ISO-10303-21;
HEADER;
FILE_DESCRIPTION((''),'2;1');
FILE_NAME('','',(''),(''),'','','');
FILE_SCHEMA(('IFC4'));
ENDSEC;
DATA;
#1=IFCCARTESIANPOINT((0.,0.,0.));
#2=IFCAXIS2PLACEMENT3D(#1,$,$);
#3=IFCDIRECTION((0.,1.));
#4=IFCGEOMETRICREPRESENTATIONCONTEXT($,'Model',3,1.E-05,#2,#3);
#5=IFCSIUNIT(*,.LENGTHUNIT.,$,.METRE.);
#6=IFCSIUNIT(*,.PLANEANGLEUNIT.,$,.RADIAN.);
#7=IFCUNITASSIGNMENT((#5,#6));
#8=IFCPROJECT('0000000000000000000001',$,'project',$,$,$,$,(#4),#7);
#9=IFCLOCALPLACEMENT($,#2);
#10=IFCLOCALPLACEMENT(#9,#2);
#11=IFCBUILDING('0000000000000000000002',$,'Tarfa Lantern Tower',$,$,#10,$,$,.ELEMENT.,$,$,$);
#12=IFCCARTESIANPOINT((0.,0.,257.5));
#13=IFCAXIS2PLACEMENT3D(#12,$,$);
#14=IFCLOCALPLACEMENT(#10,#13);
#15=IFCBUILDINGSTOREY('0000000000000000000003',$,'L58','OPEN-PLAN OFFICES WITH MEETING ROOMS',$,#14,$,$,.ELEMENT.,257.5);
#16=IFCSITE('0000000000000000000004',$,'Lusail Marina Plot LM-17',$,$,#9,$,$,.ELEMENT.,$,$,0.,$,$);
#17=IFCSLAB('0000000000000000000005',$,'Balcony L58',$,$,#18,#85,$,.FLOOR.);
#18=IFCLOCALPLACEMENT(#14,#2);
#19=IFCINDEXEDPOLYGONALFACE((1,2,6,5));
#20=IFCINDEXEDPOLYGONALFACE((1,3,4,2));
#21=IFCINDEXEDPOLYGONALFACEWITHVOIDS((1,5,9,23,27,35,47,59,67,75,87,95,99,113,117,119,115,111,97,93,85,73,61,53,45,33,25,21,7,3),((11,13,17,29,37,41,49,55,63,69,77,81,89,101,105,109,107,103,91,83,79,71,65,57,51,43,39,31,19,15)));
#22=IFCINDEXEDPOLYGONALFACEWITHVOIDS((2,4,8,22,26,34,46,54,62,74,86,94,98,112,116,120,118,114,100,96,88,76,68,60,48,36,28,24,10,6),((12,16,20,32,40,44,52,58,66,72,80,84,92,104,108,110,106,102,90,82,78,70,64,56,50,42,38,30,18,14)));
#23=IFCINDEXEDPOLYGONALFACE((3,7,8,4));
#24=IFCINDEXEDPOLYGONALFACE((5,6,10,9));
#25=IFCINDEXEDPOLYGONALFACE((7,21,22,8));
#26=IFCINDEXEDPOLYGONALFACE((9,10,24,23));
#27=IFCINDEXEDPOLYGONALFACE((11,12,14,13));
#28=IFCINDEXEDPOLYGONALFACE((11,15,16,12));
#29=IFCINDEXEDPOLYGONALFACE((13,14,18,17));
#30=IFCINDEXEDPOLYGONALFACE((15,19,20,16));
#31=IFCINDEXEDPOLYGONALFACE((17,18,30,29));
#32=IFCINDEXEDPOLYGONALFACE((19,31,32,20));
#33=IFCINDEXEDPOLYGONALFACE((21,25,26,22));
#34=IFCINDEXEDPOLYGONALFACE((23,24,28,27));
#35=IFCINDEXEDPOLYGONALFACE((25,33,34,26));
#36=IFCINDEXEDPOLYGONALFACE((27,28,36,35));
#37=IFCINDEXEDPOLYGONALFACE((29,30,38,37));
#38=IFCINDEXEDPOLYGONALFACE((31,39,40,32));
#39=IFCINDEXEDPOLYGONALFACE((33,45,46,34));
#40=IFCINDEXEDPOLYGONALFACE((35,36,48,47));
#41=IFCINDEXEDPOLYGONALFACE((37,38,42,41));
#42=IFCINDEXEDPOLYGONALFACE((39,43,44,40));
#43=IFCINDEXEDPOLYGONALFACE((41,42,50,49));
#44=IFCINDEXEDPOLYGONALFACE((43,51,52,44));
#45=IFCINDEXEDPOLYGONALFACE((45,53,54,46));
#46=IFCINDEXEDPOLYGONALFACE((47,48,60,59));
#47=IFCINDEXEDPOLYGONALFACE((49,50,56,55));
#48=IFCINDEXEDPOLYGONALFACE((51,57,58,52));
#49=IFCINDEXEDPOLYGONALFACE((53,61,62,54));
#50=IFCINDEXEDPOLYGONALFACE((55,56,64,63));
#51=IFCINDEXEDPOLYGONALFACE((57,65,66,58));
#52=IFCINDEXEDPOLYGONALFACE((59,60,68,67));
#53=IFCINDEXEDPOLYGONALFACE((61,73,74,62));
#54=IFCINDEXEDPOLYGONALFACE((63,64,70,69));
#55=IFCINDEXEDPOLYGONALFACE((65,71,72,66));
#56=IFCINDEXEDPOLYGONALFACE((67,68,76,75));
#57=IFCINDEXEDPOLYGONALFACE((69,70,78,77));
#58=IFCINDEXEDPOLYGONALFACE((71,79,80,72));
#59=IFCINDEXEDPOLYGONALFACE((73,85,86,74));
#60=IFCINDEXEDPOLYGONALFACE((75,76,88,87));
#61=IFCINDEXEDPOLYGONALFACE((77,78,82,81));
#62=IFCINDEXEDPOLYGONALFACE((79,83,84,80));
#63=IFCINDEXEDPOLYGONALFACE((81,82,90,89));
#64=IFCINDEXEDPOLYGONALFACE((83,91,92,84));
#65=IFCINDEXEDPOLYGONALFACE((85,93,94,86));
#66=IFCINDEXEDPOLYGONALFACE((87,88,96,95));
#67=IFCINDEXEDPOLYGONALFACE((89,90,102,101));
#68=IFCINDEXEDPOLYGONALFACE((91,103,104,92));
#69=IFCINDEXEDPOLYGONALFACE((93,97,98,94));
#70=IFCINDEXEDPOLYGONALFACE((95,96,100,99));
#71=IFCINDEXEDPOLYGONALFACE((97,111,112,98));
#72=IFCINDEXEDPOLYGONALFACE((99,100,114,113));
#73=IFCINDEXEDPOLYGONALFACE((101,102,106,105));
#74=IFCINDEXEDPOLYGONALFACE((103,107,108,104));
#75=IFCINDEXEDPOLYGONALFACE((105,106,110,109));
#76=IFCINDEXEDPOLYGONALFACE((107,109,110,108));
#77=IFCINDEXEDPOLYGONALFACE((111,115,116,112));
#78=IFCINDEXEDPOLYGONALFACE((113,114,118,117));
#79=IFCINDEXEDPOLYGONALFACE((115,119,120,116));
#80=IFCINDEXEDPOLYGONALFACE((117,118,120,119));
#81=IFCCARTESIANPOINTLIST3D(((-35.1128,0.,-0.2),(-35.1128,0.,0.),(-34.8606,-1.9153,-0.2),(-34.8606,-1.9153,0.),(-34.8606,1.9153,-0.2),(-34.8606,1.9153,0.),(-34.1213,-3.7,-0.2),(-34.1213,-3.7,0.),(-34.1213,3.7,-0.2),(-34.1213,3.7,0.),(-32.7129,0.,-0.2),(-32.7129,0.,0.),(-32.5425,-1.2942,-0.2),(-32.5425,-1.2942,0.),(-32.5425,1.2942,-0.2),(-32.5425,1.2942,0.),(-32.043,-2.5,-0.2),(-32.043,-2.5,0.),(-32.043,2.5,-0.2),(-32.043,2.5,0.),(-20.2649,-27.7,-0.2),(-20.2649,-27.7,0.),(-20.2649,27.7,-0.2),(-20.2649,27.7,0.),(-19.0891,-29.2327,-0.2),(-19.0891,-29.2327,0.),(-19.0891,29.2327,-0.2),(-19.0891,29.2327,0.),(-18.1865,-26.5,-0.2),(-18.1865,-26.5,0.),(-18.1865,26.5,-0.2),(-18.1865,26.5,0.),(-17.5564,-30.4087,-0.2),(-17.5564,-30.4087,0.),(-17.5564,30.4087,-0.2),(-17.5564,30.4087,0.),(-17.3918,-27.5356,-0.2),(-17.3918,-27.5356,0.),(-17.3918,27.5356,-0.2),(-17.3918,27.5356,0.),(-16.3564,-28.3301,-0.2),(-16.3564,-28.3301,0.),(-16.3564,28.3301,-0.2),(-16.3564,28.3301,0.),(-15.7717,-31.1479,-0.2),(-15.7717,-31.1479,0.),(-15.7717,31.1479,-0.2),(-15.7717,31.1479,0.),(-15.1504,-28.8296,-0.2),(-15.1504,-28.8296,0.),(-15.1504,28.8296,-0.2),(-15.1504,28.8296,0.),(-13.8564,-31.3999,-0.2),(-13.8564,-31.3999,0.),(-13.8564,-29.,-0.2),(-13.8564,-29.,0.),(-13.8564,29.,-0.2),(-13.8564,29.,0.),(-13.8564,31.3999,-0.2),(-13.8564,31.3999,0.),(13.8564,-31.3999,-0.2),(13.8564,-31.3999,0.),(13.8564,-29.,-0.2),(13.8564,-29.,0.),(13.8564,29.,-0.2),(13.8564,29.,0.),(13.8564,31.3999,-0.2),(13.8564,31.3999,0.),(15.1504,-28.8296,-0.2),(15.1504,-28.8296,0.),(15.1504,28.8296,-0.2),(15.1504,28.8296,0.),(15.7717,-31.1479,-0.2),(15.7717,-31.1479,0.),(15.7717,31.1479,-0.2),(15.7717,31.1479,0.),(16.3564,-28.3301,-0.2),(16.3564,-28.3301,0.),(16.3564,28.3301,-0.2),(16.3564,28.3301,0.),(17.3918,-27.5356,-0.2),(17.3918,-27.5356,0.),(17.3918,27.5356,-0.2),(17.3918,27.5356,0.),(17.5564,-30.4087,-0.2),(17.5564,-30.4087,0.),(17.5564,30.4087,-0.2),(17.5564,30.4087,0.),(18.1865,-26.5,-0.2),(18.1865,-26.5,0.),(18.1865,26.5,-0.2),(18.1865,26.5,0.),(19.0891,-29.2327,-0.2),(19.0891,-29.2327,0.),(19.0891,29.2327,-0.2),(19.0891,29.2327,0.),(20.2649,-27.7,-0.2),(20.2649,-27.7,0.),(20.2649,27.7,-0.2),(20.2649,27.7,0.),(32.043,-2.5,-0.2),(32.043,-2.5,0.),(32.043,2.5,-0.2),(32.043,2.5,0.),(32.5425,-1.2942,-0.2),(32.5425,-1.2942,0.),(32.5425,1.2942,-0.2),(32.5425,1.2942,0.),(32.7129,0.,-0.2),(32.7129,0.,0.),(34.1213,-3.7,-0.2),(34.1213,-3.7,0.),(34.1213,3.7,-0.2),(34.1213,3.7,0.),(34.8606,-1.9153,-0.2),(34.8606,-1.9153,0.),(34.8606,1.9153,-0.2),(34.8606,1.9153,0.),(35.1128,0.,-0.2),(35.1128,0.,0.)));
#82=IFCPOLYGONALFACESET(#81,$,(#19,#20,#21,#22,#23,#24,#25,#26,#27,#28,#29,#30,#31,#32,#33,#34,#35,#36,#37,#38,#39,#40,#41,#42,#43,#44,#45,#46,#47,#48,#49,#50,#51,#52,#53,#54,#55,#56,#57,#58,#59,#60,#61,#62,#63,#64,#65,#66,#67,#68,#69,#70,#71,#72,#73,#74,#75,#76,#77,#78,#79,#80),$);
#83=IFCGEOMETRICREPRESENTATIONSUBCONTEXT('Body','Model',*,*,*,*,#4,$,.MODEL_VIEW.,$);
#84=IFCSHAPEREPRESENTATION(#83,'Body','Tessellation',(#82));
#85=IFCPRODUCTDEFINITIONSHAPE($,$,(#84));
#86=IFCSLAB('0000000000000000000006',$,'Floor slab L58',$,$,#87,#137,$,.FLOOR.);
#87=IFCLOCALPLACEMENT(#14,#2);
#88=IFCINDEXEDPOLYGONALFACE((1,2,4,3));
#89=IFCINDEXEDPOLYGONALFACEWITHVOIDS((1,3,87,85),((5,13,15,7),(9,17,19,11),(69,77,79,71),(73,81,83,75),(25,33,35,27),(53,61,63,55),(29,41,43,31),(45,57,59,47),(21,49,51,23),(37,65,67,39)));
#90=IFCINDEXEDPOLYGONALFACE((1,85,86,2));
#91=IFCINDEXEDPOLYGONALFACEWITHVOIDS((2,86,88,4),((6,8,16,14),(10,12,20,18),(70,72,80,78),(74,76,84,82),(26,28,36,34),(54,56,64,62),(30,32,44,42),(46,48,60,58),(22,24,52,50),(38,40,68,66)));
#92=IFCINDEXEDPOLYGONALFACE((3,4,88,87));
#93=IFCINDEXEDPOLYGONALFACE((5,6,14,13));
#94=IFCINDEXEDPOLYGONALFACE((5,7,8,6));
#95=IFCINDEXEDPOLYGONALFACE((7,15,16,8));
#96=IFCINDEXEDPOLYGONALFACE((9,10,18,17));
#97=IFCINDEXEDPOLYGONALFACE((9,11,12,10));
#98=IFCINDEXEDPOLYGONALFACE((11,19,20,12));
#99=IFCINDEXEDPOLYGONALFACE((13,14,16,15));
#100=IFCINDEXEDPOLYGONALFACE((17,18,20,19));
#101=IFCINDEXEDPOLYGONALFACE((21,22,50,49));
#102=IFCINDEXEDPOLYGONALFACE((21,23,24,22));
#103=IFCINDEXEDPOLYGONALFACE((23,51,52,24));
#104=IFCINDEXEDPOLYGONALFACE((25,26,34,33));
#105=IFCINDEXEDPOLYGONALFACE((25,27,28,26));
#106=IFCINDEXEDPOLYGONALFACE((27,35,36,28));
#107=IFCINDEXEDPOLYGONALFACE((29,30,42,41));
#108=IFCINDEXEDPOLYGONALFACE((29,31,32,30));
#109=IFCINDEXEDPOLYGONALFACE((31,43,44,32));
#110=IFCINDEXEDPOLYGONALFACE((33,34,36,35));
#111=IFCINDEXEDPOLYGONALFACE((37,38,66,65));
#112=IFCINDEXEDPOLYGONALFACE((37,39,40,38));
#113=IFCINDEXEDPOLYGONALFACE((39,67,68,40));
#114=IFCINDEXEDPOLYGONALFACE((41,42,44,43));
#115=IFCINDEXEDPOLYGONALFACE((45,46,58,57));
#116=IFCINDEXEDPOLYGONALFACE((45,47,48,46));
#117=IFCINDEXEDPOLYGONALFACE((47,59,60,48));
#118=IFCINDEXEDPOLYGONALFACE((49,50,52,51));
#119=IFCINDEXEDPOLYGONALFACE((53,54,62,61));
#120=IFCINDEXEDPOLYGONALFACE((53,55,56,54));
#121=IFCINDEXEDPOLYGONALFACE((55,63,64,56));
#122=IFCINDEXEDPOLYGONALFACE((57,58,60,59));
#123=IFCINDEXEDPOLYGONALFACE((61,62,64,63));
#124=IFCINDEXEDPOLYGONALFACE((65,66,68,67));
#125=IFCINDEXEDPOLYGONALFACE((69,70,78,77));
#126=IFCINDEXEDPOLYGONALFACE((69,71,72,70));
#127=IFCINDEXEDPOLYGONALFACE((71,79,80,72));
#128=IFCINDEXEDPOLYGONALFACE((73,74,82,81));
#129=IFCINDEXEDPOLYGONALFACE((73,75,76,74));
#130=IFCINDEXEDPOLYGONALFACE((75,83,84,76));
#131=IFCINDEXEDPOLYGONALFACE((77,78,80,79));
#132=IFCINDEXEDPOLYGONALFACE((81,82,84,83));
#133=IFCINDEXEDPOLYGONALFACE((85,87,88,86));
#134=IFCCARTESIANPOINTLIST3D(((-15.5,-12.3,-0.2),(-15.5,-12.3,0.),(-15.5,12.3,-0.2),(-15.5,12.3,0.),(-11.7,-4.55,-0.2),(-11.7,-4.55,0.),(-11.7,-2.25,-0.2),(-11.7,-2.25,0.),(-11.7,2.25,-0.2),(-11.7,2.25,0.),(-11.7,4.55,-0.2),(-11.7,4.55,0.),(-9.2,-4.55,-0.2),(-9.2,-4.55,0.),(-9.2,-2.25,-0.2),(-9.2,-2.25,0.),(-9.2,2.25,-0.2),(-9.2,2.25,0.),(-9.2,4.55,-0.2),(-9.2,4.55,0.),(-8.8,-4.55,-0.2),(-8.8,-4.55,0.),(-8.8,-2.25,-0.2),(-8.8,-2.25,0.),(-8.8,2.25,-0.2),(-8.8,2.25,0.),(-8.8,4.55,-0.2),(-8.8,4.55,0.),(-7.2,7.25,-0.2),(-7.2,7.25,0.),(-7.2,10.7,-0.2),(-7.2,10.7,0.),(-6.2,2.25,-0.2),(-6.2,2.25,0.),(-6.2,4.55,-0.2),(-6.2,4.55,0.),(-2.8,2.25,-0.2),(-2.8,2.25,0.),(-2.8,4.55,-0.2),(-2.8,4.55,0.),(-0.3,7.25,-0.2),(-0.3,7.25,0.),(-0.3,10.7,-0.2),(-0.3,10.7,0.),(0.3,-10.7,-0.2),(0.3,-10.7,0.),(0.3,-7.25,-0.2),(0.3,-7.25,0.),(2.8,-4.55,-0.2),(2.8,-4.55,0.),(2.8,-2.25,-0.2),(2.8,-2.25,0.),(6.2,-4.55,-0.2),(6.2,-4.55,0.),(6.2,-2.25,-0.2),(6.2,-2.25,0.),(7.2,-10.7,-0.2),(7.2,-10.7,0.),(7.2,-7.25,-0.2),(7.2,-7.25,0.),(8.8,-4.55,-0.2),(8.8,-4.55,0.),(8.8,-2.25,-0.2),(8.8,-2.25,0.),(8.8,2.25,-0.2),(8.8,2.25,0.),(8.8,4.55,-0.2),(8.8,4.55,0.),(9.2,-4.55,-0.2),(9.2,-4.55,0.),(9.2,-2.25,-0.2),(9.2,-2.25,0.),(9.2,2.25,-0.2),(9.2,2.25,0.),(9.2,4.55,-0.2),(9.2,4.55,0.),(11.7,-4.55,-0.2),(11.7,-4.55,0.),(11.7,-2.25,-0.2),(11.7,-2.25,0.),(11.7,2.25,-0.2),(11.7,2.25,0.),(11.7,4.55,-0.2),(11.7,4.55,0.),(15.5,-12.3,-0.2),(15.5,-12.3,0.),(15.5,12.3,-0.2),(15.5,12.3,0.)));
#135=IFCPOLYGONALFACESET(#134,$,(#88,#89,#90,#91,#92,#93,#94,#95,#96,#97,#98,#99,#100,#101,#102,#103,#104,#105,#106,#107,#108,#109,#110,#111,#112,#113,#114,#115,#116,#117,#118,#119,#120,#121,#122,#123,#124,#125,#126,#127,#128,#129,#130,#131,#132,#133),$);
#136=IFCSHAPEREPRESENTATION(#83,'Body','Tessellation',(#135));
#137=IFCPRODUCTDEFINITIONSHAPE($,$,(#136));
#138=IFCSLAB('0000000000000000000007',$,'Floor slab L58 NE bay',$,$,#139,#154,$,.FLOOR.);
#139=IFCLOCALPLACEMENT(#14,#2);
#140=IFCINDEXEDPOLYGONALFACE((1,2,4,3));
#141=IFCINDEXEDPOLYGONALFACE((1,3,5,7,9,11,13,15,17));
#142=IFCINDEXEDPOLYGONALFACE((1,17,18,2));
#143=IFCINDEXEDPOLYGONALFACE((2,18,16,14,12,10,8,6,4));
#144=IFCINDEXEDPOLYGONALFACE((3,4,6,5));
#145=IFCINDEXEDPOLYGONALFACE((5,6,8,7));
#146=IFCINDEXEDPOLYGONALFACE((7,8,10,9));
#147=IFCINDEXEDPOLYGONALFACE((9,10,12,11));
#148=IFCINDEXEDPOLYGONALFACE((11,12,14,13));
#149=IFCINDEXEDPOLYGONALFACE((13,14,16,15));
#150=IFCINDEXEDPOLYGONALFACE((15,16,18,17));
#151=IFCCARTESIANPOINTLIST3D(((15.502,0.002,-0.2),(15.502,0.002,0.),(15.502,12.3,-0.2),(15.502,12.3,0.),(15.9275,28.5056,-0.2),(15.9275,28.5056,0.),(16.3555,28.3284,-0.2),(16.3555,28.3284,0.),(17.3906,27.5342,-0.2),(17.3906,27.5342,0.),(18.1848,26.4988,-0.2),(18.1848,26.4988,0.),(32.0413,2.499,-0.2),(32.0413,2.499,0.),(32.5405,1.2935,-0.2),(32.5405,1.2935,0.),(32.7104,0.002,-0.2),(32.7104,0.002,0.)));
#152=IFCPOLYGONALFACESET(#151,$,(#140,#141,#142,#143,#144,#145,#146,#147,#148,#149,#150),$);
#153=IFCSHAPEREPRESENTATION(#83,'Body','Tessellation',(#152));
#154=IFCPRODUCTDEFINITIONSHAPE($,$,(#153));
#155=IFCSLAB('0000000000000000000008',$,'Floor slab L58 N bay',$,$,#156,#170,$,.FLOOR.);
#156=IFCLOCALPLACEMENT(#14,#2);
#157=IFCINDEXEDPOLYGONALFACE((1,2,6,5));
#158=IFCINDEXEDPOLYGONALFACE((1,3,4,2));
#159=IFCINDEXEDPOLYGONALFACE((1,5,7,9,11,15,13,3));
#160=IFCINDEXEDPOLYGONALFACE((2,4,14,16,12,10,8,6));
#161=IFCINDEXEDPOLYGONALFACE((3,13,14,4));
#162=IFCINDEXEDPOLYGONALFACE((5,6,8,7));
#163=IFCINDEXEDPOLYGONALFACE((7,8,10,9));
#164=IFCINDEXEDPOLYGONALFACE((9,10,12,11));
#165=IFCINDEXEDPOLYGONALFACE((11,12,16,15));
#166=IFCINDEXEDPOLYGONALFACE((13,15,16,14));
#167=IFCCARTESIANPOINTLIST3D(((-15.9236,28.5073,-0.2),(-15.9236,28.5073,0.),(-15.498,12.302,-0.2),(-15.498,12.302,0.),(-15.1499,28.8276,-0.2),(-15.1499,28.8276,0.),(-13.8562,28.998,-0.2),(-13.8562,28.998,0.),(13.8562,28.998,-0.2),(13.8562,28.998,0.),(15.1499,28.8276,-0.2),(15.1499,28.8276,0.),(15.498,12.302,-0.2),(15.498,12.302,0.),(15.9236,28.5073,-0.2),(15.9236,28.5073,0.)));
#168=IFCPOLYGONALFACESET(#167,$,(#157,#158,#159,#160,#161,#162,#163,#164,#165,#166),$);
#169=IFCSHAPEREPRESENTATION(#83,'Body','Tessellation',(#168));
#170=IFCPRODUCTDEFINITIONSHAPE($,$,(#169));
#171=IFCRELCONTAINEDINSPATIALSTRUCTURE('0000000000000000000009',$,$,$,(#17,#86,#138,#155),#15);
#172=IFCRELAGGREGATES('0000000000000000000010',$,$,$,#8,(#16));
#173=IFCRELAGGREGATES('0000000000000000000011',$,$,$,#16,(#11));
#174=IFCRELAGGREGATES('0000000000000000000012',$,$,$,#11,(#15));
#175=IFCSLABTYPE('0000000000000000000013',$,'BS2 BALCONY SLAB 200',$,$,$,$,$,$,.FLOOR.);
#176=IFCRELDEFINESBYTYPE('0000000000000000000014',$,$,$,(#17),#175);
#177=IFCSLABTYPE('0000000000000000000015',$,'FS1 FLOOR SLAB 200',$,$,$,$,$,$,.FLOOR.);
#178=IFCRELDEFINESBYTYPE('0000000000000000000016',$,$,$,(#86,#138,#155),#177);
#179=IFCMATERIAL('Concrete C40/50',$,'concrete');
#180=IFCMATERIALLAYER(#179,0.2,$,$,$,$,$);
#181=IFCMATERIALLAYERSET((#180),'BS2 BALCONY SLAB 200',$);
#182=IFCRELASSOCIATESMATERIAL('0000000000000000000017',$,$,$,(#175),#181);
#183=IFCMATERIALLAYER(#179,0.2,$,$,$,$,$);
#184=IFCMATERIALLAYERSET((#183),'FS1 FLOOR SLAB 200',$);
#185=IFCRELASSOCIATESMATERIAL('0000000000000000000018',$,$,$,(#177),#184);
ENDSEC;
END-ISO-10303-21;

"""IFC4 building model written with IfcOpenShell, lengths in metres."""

from ifc_helpers import new_model, si_unit, direction, frame, origin, place, context, subcontext, project, spatial, polyline, outline, extrude, material, layer, layer_set, type_object, element, save


model = new_model("IFC4")

# Units and contexts
model_context = context("Model", 3, precision=1e-05, world=origin(), true_north=direction((0.0, 1.0)))
body_context = subcontext(model_context, "Body", "Model", "MODEL_VIEW")
ifc_project = project(units=[si_unit("LENGTHUNIT", "METRE"), si_unit("PLANEANGLEUNIT", "RADIAN")], contexts=[model_context])

# Site, building, storey
site_placement = place(None, origin())
site = spatial("IfcSite", under=ifc_project, at=site_placement, Name="Lusail Marina Plot LM-17", CompositionType="ELEMENT", RefElevation=0.0)
building_placement = place(site_placement, origin())
building = spatial("IfcBuilding", under=site, at=building_placement, Name="Tarfa Lantern Tower", CompositionType="ELEMENT")
storey_placement = place(building_placement, frame((0.0, 0.0, 257.5)))
storey = spatial("IfcBuildingStorey", under=building, at=storey_placement, Name="L58", Description="OPEN-PLAN OFFICES WITH MEETING ROOMS", CompositionType="ELEMENT", Elevation=257.5)

# Slabs
ifc_material_1 = material(Name="Concrete C40/50", Category="concrete")
ifc_layer_1 = layer(ifc_material_1, 0.2)
ifc_layer_set_1 = layer_set([ifc_layer_1], Name="BS2 BALCONY SLAB 200")
slab_type_1 = type_object("IfcSlabType", Name="BS2 BALCONY SLAB 200", PredefinedType="FLOOR", material=ifc_layer_set_1)
slab_1_placement = place(storey_placement, frame((0.0, 0.0, -0.2)))
element("IfcSlab", 1, at=slab_1_placement, inside=storey, type_object=slab_type_1, Name="Balcony L58", PredefinedType="FLOOR", context=body_context, shape_type="SweptSolid", body=[
    extrude(outline(polyline([(34.1213, 3.7), (20.2649, 27.7), (19.0891, 29.2327), (17.5564, 30.4087), (15.7717, 31.1479), (13.8564, 31.3999), (-13.8564, 31.3999), (-15.7717, 31.1479), (-17.5564, 30.4087), (-19.0891, 29.2327), (-20.2649, 27.7), (-34.1213, 3.7), (-34.8606, 1.9153), (-35.1128, 0.0), (-34.8606, -1.9153), (-34.1213, -3.7), (-20.2649, -27.7), (-19.0891, -29.2327), (-17.5564, -30.4087), (-15.7717, -31.1479), (-13.8564, -31.3999), (13.8564, -31.3999), (15.7717, -31.1479), (17.5564, -30.4087), (19.0891, -29.2327), (20.2649, -27.7), (34.1213, -3.7), (34.8606, -1.9153), (35.1128, 0.0), (34.8606, 1.9153), (34.1213, 3.7)]), holes=[polyline([(32.043, 2.5), (18.1865, 26.5), (17.3918, 27.5356), (16.3564, 28.3301), (15.1504, 28.8296), (13.8564, 29.0), (-13.8564, 29.0), (-15.1504, 28.8296), (-16.3564, 28.3301), (-17.3918, 27.5356), (-18.1865, 26.5), (-32.043, 2.5), (-32.5425, 1.2942), (-32.7129, 0.0), (-32.5425, -1.2942), (-32.043, -2.5), (-18.1865, -26.5), (-17.3918, -27.5356), (-16.3564, -28.3301), (-15.1504, -28.8296), (-13.8564, -29.0), (13.8564, -29.0), (15.1504, -28.8296), (16.3564, -28.3301), (17.3918, -27.5356), (18.1865, -26.5), (32.043, -2.5), (32.5425, -1.2942), (32.7129, 0.0), (32.5425, 1.2942), (32.043, 2.5)])]), origin(), (0.0, 0.0, 1.0), 0.2),
])
ifc_layer_2 = layer(ifc_material_1, 0.2)
ifc_layer_set_2 = layer_set([ifc_layer_2], Name="FS1 FLOOR SLAB 200")
slab_type_2 = type_object("IfcSlabType", Name="FS1 FLOOR SLAB 200", PredefinedType="FLOOR", material=ifc_layer_set_2)
slab_2_placement = place(storey_placement, frame((0.0, 0.0, -0.2)))
element("IfcSlab", 2, at=slab_2_placement, inside=storey, type_object=slab_type_2, Name="Floor slab L58", PredefinedType="FLOOR", context=body_context, shape_type="SweptSolid", body=[
    extrude(outline(polyline([(-15.5, -12.3), (15.5, -12.3), (15.5, 12.3), (-15.5, 12.3), (-15.5, -12.3)]), holes=[polyline([(-11.7, 2.25), (-9.2, 2.25), (-9.2, 4.55), (-11.7, 4.55), (-11.7, 2.25)]), polyline([(-8.8, 2.25), (-6.2, 2.25), (-6.2, 4.55), (-8.8, 4.55), (-8.8, 2.25)]), polyline([(-2.8, 2.25), (8.8, 2.25), (8.8, 4.55), (-2.8, 4.55), (-2.8, 2.25)]), polyline([(9.2, 2.25), (11.7, 2.25), (11.7, 4.55), (9.2, 4.55), (9.2, 2.25)]), polyline([(11.7, -2.25), (9.2, -2.25), (9.2, -4.55), (11.7, -4.55), (11.7, -2.25)]), polyline([(8.8, -2.25), (6.2, -2.25), (6.2, -4.55), (8.8, -4.55), (8.8, -2.25)]), polyline([(2.8, -2.25), (-8.8, -2.25), (-8.8, -4.55), (2.8, -4.55), (2.8, -2.25)]), polyline([(-9.2, -2.25), (-11.7, -2.25), (-11.7, -4.55), (-9.2, -4.55), (-9.2, -2.25)]), polyline([(-7.2, 7.25), (-0.3, 7.25), (-0.3, 10.7), (-7.2, 10.7), (-7.2, 7.25)]), polyline([(7.2, -7.25), (0.3, -7.25), (0.3, -10.7), (7.2, -10.7), (7.2, -7.25)])]), origin(), (0.0, 0.0, 1.0), 0.2),
])
slab_3_placement = place(storey_placement, frame((0.0, 0.0, -0.2)))
element("IfcSlab", 3, at=slab_3_placement, inside=storey, type_object=slab_type_2, Name="Floor slab L58 NE bay", PredefinedType="FLOOR", context=body_context, shape_type="SweptSolid", body=[
    extrude(outline(polyline([(32.0413, 2.499), (18.1848, 26.4988), (17.3906, 27.5342), (16.3555, 28.3284), (15.9275, 28.5056), (15.502, 12.3), (15.502, 0.002), (32.7104, 0.002), (32.5405, 1.2935), (32.0413, 2.499)])), origin(), (0.0, 0.0, 1.0), 0.2),
])
slab_4_placement = place(storey_placement, frame((0.0, 0.0, -0.2)))
element("IfcSlab", 4, at=slab_4_placement, inside=storey, type_object=slab_type_2, Name="Floor slab L58 N bay", PredefinedType="FLOOR", context=body_context, shape_type="SweptSolid", body=[
    extrude(outline(polyline([(-15.498, 12.302), (15.498, 12.302), (15.9236, 28.5073), (15.1499, 28.8276), (13.8562, 28.998), (-13.8562, 28.998), (-15.1499, 28.8276), (-15.9236, 28.5073), (-15.498, 12.302)])), origin(), (0.0, 0.0, 1.0), 0.2),
])

save(model, "model.ifc")
